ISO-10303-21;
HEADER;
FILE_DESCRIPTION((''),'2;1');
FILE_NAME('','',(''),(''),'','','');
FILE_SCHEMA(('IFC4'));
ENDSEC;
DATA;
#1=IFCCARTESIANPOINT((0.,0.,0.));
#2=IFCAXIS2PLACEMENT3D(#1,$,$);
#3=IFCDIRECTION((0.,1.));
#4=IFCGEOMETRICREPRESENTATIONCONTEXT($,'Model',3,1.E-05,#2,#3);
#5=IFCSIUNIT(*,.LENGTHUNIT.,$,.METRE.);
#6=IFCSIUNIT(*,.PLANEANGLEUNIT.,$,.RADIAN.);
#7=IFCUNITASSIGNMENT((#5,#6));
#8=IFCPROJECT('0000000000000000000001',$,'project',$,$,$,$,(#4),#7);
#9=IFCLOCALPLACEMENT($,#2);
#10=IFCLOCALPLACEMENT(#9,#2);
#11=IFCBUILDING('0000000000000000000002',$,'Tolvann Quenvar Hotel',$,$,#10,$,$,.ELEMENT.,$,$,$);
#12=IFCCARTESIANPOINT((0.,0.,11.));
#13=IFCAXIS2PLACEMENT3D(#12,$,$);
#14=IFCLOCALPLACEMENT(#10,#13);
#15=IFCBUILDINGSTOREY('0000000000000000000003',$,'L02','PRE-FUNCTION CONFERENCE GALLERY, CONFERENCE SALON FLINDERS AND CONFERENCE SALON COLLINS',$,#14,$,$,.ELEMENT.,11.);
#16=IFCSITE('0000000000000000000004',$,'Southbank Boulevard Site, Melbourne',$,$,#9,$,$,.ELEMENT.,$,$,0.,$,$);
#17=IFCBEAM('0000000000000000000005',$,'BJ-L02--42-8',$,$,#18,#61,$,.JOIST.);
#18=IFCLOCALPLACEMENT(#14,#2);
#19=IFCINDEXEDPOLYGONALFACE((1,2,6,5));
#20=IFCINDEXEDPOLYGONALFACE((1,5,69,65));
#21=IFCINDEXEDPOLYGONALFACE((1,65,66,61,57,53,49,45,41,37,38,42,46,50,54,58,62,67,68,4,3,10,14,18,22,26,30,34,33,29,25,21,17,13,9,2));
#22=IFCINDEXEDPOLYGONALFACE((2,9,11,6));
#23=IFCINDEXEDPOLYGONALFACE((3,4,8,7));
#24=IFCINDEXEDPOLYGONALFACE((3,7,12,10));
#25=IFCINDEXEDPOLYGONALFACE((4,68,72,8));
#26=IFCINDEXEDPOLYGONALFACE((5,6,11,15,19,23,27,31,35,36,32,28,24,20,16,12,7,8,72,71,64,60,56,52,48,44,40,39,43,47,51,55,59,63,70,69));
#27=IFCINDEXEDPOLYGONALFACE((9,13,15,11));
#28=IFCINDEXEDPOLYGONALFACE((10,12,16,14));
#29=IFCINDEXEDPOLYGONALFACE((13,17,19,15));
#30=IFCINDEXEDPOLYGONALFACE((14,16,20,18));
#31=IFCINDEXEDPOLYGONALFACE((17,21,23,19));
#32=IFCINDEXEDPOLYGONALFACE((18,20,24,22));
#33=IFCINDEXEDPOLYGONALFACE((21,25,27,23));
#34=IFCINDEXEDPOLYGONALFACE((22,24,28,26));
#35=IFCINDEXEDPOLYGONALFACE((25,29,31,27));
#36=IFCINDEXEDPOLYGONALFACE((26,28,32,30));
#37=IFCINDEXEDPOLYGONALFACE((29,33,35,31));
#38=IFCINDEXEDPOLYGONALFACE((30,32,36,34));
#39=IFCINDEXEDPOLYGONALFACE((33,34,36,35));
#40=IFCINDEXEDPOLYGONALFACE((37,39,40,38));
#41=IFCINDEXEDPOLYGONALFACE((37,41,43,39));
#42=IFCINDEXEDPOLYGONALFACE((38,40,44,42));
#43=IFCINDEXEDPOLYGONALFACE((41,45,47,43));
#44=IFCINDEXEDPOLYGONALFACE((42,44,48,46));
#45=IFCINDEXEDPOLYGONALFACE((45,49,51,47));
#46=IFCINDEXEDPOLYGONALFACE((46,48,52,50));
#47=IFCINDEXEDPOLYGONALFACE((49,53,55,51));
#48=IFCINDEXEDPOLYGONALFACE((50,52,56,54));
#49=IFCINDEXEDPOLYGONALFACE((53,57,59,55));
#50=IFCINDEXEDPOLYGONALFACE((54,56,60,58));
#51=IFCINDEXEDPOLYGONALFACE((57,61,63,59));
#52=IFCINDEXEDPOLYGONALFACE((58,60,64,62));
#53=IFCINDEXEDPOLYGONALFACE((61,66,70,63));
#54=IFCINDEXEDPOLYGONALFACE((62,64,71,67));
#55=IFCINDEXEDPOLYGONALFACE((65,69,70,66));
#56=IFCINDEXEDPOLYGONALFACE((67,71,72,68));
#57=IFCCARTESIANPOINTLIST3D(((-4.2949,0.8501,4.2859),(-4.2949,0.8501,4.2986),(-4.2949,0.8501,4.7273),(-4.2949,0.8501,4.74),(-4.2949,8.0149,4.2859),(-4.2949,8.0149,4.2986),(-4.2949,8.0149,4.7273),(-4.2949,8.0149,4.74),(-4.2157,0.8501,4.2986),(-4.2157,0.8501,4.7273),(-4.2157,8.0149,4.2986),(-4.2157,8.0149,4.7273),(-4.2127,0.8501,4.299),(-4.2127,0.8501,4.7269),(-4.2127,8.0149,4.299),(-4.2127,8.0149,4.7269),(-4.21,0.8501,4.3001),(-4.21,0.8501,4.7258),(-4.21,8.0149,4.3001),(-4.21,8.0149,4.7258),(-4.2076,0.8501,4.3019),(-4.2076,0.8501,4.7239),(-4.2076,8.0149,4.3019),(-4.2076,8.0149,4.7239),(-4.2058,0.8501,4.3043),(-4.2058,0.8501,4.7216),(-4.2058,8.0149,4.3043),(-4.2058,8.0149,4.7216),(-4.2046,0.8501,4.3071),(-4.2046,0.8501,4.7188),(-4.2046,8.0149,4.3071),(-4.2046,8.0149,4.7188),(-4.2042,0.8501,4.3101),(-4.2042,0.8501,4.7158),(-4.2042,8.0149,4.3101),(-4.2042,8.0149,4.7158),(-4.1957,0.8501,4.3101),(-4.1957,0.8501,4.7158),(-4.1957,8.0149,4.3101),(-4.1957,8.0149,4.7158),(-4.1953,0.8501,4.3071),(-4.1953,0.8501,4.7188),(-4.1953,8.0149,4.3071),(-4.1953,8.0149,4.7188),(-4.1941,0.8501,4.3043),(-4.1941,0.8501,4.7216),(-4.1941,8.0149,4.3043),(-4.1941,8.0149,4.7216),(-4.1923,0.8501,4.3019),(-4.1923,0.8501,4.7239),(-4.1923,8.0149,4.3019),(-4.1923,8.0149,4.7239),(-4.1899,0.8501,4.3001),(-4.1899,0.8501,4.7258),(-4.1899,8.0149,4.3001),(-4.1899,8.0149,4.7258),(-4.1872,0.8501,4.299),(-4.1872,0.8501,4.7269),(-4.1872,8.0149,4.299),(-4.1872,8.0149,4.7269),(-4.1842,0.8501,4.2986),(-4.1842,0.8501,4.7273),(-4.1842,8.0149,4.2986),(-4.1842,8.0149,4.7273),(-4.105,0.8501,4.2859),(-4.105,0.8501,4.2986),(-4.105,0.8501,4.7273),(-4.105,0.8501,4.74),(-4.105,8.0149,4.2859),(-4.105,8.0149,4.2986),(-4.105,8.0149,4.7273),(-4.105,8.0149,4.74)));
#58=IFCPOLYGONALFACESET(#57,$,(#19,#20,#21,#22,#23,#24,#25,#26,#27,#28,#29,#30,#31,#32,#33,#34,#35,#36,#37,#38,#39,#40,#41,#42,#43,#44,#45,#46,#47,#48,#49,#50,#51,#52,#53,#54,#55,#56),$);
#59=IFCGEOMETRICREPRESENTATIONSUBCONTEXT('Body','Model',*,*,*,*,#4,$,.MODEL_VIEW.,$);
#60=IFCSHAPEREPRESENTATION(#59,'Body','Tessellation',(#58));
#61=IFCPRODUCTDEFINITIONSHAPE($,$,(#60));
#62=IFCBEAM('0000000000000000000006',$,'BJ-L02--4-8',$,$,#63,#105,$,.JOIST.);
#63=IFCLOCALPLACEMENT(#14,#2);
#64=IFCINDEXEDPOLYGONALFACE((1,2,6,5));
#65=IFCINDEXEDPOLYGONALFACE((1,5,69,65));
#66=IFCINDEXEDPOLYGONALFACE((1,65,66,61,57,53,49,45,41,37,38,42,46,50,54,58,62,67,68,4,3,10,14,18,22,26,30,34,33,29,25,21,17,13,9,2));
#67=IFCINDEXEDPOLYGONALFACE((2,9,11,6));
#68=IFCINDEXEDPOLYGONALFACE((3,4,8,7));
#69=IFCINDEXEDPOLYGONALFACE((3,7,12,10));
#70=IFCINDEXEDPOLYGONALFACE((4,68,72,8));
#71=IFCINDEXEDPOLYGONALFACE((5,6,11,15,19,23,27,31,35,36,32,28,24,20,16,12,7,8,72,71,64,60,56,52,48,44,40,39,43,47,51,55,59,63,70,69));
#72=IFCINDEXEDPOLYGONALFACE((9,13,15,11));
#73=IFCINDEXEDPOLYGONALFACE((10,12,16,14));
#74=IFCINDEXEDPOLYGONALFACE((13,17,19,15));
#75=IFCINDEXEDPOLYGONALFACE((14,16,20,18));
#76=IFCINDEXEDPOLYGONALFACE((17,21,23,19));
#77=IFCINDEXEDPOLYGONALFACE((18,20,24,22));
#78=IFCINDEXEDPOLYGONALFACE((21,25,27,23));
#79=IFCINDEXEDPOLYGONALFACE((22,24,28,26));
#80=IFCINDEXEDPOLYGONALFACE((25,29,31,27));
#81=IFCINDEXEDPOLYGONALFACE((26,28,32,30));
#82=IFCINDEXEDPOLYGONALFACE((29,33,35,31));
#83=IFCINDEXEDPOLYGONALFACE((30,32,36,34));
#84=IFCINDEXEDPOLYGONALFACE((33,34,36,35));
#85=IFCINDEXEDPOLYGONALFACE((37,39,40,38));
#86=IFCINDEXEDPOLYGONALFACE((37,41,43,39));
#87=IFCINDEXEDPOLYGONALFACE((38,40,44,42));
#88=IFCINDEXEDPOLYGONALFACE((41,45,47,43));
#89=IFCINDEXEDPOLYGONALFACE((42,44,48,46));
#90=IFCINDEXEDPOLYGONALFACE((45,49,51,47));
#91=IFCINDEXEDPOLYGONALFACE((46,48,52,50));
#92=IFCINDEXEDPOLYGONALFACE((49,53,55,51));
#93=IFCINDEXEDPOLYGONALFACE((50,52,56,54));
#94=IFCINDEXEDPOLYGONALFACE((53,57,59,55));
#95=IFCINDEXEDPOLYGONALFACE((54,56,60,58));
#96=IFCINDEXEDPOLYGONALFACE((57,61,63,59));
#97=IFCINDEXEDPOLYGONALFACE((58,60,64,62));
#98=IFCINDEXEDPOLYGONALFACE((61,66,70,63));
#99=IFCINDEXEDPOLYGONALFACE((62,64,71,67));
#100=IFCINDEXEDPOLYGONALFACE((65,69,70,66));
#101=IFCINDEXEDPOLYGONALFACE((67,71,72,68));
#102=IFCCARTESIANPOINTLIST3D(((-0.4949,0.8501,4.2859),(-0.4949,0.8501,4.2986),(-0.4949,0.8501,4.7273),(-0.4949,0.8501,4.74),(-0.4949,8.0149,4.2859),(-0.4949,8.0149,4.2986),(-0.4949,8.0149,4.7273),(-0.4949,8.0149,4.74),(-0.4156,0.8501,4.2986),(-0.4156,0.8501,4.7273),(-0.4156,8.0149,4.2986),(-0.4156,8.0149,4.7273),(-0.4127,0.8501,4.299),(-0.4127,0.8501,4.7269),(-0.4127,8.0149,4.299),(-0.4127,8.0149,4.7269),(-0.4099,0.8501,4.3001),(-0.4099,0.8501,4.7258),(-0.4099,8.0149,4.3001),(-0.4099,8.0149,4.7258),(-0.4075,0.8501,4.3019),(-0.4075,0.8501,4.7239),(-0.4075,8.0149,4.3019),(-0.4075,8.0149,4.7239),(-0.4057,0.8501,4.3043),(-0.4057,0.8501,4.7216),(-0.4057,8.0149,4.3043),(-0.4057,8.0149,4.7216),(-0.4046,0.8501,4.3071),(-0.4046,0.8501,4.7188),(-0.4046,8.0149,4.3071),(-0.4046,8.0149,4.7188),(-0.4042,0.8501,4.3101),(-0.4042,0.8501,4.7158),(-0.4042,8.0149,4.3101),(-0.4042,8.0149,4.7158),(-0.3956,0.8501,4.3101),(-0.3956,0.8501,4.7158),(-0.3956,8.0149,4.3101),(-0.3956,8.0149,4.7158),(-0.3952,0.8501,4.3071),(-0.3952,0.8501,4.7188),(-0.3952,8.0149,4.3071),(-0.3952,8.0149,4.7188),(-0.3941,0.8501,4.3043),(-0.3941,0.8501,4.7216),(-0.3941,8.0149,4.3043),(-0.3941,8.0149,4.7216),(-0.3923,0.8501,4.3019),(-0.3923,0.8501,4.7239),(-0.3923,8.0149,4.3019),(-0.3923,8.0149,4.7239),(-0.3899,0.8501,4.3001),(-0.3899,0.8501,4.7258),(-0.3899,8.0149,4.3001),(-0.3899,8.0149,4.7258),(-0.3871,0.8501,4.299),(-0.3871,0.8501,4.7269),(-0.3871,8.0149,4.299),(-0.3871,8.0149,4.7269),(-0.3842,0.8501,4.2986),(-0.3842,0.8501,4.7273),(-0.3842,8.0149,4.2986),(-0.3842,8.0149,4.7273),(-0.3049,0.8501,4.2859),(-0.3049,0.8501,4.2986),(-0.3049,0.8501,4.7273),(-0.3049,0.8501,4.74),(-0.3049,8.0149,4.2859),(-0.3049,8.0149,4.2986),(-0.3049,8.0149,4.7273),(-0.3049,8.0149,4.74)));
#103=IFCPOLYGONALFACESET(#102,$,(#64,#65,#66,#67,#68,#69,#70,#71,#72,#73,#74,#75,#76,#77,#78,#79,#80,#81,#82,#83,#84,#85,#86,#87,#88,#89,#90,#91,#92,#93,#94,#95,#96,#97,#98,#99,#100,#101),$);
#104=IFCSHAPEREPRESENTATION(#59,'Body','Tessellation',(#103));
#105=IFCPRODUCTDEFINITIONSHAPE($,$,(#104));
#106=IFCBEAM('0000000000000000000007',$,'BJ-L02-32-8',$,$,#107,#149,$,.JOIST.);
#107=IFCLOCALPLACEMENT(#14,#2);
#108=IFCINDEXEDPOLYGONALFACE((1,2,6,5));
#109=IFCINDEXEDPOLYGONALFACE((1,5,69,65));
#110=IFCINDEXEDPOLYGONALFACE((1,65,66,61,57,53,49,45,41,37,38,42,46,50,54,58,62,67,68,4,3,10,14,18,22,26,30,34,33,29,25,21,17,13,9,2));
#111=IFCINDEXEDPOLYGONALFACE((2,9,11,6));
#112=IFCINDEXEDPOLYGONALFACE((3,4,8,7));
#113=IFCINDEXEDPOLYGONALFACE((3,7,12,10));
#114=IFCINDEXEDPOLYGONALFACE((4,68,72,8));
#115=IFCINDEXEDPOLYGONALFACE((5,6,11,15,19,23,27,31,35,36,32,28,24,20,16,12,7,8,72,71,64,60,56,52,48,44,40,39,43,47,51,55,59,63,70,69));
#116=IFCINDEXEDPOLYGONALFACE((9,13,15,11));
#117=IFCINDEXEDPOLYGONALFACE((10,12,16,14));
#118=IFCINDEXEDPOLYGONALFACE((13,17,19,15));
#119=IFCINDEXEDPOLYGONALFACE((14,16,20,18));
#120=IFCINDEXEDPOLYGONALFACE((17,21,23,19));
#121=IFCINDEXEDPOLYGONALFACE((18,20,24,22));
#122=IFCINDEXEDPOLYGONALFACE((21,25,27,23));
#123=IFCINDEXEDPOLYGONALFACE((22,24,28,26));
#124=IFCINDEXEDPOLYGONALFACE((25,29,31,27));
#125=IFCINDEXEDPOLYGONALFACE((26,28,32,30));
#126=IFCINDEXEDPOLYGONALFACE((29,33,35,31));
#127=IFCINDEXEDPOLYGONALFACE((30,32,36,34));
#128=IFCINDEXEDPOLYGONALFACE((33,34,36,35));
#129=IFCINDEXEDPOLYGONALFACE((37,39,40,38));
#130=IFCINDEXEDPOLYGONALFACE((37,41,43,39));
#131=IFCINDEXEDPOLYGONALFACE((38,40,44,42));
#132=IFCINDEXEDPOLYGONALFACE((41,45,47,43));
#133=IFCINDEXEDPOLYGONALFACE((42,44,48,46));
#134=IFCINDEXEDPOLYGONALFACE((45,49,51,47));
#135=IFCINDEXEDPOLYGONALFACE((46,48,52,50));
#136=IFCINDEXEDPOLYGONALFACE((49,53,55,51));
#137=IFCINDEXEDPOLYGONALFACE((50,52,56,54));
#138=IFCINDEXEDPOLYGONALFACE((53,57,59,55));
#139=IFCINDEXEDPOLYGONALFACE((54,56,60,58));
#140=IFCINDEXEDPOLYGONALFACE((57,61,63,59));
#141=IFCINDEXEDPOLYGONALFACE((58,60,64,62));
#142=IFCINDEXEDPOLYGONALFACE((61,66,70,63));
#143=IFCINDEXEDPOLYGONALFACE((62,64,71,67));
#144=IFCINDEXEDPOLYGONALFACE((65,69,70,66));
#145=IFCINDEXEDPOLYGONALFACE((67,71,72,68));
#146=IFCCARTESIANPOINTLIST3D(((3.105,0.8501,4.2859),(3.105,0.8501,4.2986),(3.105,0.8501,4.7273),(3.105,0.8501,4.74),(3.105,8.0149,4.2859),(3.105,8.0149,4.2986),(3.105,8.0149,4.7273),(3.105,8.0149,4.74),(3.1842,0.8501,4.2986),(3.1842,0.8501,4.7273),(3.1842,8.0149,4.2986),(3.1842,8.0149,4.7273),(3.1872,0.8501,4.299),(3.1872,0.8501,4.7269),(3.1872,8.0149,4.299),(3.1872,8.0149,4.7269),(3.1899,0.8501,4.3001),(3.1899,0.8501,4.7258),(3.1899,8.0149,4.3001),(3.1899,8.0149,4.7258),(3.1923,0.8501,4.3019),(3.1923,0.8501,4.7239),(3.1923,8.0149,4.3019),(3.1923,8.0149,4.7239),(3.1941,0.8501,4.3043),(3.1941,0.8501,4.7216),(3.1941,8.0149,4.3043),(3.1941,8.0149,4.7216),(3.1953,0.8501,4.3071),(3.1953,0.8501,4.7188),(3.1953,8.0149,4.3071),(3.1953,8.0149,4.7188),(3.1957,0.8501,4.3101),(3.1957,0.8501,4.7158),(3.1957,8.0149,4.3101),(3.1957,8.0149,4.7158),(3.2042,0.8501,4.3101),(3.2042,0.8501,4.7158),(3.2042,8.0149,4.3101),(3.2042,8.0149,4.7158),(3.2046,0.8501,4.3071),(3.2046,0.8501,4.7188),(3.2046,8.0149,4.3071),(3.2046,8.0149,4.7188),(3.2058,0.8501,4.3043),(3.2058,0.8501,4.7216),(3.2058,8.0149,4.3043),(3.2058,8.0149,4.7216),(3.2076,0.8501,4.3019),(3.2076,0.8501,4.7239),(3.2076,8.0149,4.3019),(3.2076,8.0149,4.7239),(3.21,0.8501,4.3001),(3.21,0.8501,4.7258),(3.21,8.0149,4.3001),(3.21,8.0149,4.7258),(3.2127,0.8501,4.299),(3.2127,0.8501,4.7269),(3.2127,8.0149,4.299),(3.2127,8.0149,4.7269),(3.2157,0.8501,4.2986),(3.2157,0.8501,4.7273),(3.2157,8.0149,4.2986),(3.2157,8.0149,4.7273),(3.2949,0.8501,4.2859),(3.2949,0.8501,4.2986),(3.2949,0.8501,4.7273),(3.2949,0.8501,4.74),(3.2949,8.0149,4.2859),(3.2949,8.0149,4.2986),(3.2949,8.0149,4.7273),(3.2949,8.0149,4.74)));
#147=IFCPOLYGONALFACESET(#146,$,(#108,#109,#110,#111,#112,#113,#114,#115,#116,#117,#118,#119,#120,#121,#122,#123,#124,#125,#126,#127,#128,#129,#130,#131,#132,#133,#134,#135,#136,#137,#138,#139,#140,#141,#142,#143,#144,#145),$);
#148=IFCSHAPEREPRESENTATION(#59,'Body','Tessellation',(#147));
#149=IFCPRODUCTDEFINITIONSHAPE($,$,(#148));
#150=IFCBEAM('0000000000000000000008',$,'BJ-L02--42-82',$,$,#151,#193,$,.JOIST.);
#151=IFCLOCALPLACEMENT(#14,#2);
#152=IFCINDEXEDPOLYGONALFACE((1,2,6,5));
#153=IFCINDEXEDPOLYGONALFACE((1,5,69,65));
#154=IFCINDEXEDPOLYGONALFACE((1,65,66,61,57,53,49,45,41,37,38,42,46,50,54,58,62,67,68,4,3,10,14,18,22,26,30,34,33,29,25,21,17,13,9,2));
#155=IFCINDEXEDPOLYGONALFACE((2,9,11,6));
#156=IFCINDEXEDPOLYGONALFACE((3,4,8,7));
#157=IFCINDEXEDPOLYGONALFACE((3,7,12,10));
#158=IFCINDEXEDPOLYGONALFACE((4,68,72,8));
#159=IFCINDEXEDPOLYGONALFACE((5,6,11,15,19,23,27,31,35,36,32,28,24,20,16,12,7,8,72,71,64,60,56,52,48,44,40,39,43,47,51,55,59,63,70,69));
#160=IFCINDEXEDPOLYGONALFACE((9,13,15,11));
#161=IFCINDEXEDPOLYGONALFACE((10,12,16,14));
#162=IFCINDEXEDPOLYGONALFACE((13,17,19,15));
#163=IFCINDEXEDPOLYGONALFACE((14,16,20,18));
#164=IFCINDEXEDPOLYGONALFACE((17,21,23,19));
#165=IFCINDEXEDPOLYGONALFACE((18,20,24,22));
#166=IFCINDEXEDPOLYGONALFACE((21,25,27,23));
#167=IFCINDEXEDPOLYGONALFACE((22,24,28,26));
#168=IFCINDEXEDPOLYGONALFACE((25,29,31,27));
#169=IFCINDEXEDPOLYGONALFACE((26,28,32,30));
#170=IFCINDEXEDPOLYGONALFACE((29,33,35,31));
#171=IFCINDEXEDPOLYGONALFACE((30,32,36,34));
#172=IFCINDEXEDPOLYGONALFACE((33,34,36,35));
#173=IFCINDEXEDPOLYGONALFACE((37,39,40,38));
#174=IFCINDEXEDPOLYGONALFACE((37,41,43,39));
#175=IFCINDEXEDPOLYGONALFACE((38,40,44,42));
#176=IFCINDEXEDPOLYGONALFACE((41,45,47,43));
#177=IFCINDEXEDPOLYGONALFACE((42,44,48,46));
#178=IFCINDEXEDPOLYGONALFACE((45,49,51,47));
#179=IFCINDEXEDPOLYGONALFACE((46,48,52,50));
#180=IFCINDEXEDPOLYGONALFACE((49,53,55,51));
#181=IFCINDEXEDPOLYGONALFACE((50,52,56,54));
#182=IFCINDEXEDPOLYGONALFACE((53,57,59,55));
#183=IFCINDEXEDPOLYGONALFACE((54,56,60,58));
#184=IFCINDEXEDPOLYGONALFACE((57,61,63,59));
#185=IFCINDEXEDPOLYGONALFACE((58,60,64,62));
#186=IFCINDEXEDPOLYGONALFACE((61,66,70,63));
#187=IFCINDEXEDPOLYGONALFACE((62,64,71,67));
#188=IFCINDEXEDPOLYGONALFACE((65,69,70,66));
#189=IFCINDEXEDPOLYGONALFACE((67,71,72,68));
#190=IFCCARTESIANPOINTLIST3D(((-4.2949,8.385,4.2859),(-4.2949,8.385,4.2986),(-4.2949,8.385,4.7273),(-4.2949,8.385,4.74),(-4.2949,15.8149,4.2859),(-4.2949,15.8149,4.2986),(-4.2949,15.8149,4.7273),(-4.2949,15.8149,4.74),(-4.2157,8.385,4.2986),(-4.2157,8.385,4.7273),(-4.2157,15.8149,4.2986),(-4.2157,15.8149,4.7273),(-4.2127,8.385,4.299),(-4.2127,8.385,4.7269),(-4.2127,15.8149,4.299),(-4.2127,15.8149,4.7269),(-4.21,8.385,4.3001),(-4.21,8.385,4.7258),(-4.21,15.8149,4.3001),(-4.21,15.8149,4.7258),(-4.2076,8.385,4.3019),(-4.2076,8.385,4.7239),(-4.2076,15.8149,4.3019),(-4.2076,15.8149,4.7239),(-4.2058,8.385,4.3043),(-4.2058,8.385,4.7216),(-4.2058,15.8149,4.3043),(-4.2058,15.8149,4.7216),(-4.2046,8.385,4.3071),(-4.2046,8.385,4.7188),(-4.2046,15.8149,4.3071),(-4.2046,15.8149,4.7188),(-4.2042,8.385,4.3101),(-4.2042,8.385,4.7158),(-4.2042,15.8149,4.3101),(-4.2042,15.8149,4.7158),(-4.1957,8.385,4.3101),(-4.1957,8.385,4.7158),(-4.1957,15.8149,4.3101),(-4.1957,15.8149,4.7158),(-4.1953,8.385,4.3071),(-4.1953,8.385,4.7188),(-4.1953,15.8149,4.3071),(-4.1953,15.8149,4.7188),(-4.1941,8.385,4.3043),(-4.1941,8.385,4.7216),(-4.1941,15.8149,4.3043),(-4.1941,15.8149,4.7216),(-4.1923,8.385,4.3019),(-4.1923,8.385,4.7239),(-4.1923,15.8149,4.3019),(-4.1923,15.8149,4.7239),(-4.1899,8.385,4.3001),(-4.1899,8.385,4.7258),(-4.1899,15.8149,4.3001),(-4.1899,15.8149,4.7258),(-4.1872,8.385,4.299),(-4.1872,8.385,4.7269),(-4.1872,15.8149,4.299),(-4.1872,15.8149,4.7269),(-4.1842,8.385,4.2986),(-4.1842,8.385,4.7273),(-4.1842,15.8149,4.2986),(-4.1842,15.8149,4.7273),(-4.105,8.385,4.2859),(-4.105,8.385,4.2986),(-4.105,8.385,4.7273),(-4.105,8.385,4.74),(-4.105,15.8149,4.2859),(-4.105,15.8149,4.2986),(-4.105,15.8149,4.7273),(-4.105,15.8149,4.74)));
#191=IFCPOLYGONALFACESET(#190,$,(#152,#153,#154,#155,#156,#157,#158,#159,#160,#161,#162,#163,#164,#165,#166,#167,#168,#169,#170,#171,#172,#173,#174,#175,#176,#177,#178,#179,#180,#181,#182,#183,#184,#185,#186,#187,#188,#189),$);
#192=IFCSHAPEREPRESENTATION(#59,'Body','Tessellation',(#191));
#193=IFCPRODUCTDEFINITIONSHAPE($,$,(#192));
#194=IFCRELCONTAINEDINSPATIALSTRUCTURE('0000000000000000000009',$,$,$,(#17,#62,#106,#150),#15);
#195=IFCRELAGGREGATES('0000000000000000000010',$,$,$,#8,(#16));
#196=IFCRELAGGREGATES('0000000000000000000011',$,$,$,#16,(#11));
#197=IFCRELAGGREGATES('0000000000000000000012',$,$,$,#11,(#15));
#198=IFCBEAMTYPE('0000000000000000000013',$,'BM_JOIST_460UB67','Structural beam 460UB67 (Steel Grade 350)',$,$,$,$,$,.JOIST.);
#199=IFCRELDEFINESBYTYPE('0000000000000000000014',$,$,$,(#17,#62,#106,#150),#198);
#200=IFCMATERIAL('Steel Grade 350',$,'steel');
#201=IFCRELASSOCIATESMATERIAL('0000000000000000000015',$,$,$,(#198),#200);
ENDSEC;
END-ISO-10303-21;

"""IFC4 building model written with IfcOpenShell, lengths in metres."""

from ifc_helpers import new_model, si_unit, direction, frame, origin, origin_2d, place, context, subcontext, project, spatial, i_section, extrude, source, transform, mapped, material, material_profile, profile_set, type_object, type_shapes, element, save


model = new_model("IFC4")

# Units and contexts
model_context = context("Model", 3, precision=1e-05, world=origin(), true_north=direction((0.0, 1.0)))
body_context = subcontext(model_context, "Body", "Model", "MODEL_VIEW")
ifc_project = project(units=[si_unit("LENGTHUNIT", "METRE"), si_unit("PLANEANGLEUNIT", "RADIAN")], contexts=[model_context])

# Site, building, storey
site_placement = place(None, origin())
site = spatial("IfcSite", under=ifc_project, at=site_placement, Name="Southbank Boulevard Site, Melbourne", CompositionType="ELEMENT", RefElevation=0.0)
building_placement = place(site_placement, origin())
building = spatial("IfcBuilding", under=site, at=building_placement, Name="Tolvann Quenvar Hotel", CompositionType="ELEMENT")
storey_placement = place(building_placement, frame((0.0, 0.0, 11.0)))
storey = spatial("IfcBuildingStorey", under=building, at=storey_placement, Name="L02", Description="PRE-FUNCTION CONFERENCE GALLERY, CONFERENCE SALON FLINDERS AND CONFERENCE SALON COLLINS", CompositionType="ELEMENT", Elevation=11.0)

# Beams
ifc_material_1 = material(Name="Steel Grade 350", Category="steel")
ifc_material_profile_1 = material_profile(ifc_material_1, i_section(OverallWidth=0.1899, OverallDepth=0.4541, WebThickness=0.0085, FlangeThickness=0.0127, FilletRadius=0.0115, at=origin_2d()), Name="460UB67")
ifc_profile_set_1 = profile_set([ifc_material_profile_1], Name="Steel Grade 350")
beam_type_1 = type_object("IfcBeamType", Name="BM_JOIST_460UB67", Description="Structural beam 460UB67 (Steel Grade 350)", PredefinedType="JOIST", material=ifc_profile_set_1)
shared_shape_1 = source(origin(), body_context, "Body", "SweptSolid", [
    extrude(i_section(OverallWidth=0.1899, OverallDepth=0.4541, WebThickness=0.0085, FlangeThickness=0.0127, FilletRadius=0.0115, at=origin_2d()), origin(), (0.0, 0.0, 1.0), 7.1648),
])
for number, where, z_axis, x_axis, name in (
    (1, (-4.2, 0.8501, 4.5129), (0.0, 1.0, 0.0), (-1.0, 0.0, 0.0), "BJ-L02--42-8"),
    (2, (-0.3999, 0.8501, 4.5129), (0.0, 1.0, 0.0), (-1.0, 0.0, 0.0), "BJ-L02--4-8"),
    (3, (3.2, 0.8501, 4.5129), (0.0, 1.0, 0.0), (-1.0, 0.0, 0.0), "BJ-L02-32-8"),
):
    element("IfcBeam", number, at=place(storey_placement, frame(where, z_axis=z_axis, x_axis=x_axis)), inside=storey, type_object=beam_type_1, Name=name, PredefinedType="JOIST", context=body_context, shape_type="MappedRepresentation", body=[
        mapped(shared_shape_1, transform((0.0, 0.0, 0.0), x_axis=(1.0, 0.0, 0.0), y_axis=(0.0, 1.0, 0.0), z_axis=(0.0, 0.0, 1.0), scale=1.0)),
    ])
shared_shape_2 = source(origin(), body_context, "Body", "SweptSolid", [
    extrude(i_section(OverallWidth=0.1899, OverallDepth=0.4541, WebThickness=0.0085, FlangeThickness=0.0127, FilletRadius=0.0115, at=origin_2d()), origin(), (0.0, 0.0, 1.0), 7.4299),
])
type_shapes(beam_type_1, [shared_shape_1, shared_shape_2])
for number, where, z_axis, x_axis, name in (
    (4, (-4.2, 8.385, 4.5129), (0.0, 1.0, 0.0), (-1.0, 0.0, 0.0), "BJ-L02--42-82"),
):
    element("IfcBeam", number, at=place(storey_placement, frame(where, z_axis=z_axis, x_axis=x_axis)), inside=storey, type_object=beam_type_1, Name=name, PredefinedType="JOIST", context=body_context, shape_type="MappedRepresentation", body=[
        mapped(shared_shape_2, transform((0.0, 0.0, 0.0), x_axis=(1.0, 0.0, 0.0), y_axis=(0.0, 1.0, 0.0), z_axis=(0.0, 0.0, 1.0), scale=1.0)),
    ])

save(model, "model.ifc")
